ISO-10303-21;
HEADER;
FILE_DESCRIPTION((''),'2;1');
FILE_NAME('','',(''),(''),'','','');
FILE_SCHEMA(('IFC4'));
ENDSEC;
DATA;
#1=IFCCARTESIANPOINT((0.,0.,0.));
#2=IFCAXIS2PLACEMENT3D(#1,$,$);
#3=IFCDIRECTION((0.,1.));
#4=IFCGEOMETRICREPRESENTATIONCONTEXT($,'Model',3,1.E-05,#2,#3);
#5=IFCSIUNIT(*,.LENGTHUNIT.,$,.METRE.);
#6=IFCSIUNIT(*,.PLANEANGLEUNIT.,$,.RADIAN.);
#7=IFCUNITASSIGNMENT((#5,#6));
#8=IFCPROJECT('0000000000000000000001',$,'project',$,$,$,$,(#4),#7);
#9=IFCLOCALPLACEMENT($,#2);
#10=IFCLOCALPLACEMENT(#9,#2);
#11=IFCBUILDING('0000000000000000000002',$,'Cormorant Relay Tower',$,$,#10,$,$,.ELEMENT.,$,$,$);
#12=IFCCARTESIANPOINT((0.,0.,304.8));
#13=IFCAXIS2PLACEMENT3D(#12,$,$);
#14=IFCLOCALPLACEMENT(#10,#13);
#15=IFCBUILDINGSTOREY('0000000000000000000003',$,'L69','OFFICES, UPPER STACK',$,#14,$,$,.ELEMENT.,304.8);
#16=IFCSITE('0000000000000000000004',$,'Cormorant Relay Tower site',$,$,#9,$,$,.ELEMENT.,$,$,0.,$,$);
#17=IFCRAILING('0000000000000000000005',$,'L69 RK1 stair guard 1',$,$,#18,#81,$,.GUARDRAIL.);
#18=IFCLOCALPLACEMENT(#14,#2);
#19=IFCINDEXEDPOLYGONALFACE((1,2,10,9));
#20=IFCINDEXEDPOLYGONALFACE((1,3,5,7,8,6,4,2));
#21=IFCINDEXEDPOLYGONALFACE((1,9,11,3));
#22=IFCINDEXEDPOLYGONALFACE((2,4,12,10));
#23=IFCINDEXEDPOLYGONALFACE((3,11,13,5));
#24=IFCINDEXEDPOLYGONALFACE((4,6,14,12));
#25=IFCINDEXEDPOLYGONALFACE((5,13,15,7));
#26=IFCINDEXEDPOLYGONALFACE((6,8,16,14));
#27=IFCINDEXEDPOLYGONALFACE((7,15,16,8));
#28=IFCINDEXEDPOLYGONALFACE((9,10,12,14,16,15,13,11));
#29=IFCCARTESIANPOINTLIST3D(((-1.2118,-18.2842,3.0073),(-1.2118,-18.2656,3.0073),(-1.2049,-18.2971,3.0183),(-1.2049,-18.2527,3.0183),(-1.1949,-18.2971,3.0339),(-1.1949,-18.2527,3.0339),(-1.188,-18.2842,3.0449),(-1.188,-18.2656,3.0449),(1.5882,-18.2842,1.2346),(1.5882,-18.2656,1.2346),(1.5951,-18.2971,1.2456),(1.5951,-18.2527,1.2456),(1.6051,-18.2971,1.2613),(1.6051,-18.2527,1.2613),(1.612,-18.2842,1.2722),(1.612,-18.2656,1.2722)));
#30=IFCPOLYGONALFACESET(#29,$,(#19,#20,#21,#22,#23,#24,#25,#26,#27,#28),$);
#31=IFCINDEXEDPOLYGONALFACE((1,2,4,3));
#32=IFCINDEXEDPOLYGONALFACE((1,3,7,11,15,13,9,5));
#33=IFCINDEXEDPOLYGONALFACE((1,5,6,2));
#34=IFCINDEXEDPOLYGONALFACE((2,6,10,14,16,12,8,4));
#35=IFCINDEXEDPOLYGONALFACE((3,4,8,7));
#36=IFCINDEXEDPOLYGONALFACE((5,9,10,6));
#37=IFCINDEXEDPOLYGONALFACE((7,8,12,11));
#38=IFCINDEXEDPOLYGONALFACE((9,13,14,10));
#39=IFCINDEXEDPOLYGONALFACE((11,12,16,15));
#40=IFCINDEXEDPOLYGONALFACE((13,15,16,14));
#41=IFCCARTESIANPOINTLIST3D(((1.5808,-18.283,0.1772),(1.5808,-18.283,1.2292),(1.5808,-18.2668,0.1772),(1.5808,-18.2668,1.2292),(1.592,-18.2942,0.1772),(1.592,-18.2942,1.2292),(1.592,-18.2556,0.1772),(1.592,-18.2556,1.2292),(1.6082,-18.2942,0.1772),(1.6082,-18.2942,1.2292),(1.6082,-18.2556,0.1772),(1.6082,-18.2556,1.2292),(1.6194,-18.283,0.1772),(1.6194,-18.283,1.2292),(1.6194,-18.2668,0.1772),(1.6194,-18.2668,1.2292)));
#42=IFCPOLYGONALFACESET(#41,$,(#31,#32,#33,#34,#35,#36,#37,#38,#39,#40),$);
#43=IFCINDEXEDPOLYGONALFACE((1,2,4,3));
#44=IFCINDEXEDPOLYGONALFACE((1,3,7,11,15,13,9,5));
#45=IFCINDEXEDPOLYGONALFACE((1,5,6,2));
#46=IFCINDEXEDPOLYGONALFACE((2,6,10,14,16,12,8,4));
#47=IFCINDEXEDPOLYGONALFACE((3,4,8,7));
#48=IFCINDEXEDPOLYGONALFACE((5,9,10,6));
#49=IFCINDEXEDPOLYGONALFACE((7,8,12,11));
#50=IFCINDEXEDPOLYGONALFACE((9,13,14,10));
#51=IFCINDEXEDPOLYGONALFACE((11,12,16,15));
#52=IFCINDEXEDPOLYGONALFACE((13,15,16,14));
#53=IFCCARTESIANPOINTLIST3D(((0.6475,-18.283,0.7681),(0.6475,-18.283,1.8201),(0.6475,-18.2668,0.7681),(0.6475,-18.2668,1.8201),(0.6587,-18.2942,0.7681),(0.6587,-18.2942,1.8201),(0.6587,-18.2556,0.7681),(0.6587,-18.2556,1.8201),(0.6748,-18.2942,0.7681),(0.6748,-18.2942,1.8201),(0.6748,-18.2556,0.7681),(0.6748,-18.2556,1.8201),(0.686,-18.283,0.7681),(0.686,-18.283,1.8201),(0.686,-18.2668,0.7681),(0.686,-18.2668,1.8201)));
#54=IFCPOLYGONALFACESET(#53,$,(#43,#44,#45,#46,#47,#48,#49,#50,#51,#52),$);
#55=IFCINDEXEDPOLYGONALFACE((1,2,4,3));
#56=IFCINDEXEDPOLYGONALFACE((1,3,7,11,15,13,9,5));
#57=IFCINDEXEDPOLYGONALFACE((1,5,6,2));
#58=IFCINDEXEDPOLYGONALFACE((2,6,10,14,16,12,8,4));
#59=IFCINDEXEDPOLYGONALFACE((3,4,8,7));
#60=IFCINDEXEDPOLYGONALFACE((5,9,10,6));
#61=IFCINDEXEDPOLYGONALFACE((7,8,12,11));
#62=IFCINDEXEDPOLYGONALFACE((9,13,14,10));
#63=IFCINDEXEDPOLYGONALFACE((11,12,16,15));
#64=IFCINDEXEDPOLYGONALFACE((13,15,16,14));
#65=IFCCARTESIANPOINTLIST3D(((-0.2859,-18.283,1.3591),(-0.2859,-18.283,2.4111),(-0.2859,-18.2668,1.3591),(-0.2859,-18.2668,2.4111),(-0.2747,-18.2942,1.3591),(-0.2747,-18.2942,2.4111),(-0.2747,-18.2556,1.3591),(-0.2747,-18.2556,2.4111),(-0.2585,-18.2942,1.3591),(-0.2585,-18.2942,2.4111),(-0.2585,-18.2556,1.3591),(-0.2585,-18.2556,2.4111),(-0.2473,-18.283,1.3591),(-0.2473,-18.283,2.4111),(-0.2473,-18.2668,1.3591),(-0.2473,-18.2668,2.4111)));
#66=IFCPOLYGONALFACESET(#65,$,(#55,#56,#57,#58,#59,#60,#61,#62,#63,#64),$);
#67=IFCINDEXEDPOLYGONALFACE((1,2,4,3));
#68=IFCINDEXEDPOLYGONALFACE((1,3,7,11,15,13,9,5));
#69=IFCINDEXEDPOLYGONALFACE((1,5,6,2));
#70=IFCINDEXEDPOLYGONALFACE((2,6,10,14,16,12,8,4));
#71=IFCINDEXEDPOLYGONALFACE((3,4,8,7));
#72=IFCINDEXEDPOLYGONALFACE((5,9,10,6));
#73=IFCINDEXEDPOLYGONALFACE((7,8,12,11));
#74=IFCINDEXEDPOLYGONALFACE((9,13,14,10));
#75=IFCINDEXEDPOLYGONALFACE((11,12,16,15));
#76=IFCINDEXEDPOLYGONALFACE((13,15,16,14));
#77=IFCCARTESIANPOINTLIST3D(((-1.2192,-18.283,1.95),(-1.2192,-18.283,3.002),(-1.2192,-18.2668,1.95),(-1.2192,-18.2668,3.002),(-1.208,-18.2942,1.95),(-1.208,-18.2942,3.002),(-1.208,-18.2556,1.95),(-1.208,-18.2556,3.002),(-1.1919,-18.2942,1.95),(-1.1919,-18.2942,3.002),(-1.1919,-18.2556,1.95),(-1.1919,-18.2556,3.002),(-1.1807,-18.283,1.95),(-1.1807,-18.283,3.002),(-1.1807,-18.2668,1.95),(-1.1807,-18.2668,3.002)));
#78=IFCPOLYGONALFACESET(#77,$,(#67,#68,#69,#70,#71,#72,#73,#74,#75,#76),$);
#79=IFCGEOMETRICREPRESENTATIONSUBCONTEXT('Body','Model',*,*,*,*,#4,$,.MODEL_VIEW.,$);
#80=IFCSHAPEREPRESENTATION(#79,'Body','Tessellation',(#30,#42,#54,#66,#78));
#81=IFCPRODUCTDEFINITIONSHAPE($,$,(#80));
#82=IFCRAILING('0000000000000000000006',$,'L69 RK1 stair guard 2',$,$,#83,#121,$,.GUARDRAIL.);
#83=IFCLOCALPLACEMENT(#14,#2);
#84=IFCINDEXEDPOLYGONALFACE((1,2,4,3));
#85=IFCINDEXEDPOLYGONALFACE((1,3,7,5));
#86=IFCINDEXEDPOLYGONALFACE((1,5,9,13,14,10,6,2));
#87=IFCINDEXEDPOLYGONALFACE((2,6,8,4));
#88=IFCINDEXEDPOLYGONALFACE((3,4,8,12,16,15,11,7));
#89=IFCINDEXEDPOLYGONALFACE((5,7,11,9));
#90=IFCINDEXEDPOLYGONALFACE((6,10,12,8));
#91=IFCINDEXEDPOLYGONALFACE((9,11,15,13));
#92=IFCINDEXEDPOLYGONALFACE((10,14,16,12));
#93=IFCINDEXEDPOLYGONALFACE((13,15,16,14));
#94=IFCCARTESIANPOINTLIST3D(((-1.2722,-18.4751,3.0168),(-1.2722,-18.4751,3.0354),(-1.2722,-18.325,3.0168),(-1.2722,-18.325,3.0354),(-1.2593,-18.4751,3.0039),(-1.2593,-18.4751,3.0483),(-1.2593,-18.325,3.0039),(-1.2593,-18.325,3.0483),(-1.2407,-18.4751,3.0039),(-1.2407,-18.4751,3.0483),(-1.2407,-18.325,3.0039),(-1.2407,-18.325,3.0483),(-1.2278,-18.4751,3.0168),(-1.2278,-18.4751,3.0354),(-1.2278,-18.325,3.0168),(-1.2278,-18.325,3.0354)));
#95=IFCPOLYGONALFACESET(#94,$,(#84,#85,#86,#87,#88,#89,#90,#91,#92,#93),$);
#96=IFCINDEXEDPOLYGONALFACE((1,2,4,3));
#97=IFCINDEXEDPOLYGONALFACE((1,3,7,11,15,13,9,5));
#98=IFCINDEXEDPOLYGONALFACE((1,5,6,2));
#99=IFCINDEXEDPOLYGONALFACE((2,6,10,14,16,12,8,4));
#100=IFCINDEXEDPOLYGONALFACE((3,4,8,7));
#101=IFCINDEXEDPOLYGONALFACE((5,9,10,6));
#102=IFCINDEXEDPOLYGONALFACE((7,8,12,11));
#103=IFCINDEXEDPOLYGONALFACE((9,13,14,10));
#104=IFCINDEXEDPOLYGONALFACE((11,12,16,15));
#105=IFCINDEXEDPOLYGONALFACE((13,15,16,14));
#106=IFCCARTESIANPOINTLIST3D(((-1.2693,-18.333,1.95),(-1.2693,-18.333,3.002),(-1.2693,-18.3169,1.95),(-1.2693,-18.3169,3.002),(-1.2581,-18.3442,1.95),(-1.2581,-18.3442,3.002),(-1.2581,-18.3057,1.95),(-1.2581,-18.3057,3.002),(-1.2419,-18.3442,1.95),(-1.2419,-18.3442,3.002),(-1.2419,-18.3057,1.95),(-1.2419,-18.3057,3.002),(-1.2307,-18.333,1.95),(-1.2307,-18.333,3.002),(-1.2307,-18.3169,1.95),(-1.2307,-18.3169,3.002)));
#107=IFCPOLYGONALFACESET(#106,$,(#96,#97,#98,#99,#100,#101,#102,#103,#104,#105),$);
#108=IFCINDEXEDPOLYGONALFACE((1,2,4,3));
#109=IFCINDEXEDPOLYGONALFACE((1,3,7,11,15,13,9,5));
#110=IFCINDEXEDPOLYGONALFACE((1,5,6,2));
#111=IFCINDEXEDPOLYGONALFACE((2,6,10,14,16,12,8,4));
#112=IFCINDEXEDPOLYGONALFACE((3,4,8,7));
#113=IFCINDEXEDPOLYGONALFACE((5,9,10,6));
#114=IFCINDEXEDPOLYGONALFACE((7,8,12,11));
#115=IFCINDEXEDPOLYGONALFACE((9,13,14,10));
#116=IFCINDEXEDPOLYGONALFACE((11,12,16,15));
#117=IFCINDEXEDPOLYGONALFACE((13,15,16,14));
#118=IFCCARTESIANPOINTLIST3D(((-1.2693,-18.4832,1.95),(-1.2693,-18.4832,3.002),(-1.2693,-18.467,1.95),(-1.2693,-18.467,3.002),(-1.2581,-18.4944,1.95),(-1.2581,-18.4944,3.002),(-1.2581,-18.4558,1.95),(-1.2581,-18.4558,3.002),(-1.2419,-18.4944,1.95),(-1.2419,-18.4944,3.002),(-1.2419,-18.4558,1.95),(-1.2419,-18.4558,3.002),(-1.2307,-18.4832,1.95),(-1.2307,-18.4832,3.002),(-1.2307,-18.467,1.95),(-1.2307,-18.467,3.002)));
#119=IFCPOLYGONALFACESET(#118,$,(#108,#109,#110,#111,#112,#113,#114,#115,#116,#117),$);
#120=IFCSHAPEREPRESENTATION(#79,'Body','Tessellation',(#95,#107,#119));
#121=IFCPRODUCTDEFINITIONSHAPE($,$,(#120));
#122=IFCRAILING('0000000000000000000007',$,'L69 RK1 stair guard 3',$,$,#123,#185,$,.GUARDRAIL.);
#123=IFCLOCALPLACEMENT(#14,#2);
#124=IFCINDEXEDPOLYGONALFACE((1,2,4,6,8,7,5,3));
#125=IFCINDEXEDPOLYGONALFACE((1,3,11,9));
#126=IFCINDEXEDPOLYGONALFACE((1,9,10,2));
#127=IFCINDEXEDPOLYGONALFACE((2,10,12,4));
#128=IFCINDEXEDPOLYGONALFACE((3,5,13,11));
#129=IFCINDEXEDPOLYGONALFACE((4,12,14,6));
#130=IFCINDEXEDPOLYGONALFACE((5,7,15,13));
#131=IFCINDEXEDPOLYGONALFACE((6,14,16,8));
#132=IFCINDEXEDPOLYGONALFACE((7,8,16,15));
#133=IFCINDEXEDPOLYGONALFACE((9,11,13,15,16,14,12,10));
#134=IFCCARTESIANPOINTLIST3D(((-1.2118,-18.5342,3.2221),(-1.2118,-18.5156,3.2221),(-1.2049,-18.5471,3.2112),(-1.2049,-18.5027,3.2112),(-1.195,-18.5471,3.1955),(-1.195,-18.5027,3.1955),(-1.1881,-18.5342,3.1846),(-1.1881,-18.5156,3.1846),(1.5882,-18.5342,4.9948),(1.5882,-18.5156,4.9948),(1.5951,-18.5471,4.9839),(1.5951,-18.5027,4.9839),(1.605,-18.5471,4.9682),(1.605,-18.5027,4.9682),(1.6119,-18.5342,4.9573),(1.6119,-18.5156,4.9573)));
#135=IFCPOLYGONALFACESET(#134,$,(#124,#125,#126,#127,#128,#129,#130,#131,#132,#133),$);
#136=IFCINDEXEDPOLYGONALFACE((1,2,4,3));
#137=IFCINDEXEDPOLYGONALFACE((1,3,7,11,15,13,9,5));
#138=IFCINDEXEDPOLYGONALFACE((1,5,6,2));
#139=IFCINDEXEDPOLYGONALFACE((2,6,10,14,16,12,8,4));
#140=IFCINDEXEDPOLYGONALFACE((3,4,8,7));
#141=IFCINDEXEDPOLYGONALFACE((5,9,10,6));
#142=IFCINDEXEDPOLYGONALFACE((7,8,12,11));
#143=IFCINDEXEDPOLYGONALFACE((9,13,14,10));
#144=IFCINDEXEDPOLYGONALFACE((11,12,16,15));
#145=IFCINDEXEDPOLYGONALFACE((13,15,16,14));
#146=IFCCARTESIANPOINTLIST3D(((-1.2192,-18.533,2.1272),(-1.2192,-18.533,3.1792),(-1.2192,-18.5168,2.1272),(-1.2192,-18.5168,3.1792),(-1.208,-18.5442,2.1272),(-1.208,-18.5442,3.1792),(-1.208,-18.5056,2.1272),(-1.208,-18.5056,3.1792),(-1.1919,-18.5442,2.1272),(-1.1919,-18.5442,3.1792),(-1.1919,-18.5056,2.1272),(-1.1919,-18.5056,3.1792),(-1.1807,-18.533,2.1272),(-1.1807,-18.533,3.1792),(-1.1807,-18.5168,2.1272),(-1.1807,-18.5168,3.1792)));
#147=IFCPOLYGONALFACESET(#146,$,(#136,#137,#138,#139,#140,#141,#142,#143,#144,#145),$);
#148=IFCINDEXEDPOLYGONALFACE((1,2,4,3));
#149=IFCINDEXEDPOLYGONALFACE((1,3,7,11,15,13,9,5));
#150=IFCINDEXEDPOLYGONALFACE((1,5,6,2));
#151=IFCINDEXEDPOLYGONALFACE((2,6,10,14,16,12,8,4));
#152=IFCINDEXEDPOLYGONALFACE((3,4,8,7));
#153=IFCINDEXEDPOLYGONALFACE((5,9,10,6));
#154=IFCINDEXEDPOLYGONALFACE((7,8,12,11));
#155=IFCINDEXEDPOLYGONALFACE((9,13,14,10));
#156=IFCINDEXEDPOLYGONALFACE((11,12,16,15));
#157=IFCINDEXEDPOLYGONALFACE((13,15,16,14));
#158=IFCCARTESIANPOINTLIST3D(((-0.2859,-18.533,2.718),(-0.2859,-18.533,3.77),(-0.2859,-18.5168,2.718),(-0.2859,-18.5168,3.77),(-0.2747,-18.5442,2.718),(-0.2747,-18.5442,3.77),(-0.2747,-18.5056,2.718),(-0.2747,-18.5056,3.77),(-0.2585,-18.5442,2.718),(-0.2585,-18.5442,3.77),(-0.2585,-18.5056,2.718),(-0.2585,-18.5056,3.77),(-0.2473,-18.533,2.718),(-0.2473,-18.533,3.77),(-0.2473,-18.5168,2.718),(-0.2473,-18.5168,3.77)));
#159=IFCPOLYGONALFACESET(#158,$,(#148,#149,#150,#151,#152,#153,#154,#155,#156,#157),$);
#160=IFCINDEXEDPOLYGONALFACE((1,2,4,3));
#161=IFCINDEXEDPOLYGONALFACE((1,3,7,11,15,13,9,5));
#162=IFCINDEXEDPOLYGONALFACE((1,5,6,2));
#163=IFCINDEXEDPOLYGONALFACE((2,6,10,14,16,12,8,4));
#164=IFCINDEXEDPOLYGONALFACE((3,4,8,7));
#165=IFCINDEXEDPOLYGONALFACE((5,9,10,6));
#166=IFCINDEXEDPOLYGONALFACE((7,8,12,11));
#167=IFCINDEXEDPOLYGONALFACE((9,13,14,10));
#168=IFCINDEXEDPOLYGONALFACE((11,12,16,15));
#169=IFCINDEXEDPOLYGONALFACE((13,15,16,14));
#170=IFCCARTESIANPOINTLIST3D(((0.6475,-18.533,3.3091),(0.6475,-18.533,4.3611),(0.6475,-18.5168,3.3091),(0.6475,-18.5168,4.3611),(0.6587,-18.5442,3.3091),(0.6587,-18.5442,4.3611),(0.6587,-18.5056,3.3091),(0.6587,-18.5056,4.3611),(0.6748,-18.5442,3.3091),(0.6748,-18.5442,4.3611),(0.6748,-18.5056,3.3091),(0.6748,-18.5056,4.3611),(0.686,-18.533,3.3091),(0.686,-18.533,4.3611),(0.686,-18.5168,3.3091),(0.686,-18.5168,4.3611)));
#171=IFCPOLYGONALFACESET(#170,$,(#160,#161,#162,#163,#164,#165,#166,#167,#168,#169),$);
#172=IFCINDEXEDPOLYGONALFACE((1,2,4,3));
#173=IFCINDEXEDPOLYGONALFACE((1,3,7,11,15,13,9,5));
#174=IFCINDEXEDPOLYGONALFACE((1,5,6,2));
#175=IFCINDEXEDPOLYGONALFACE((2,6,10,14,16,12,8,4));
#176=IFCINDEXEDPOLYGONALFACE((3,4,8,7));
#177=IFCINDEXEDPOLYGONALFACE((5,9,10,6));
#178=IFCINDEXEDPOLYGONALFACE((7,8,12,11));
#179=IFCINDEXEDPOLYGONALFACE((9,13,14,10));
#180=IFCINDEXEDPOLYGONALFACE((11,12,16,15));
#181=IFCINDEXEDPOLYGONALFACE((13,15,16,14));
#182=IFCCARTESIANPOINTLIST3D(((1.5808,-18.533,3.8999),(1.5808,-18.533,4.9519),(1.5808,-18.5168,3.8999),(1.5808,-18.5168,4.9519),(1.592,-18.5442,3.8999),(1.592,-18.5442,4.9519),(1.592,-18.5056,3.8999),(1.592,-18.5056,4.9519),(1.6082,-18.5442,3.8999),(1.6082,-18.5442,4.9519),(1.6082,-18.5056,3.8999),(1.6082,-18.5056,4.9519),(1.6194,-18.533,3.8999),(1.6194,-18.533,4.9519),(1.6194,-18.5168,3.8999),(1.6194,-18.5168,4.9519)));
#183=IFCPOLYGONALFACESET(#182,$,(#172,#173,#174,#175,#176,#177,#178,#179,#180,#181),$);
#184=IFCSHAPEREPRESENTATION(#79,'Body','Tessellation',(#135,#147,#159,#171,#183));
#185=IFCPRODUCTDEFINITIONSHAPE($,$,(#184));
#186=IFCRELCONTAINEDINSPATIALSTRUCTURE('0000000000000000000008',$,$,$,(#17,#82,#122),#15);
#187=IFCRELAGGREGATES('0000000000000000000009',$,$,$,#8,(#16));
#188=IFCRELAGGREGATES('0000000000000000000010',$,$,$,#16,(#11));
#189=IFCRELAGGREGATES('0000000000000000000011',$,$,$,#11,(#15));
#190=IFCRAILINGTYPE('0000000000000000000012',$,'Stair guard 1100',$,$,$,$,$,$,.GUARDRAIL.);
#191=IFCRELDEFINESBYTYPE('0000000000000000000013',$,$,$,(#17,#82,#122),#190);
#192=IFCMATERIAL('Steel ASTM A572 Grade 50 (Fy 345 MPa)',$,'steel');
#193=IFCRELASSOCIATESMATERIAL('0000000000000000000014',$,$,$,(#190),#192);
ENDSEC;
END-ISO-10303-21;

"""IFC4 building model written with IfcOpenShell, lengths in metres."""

from ifc_helpers import new_model, si_unit, direction, frame, origin, place, context, subcontext, project, spatial, polyline, outline, extrude, material, type_object, element, save


model = new_model("IFC4")

# Units and contexts
model_context = context("Model", 3, precision=1e-05, world=origin(), true_north=direction((0.0, 1.0)))
body_context = subcontext(model_context, "Body", "Model", "MODEL_VIEW")
ifc_project = project(units=[si_unit("LENGTHUNIT", "METRE"), si_unit("PLANEANGLEUNIT", "RADIAN")], contexts=[model_context])

# Site, building, storey
site_placement = place(None, origin())
site = spatial("IfcSite", under=ifc_project, at=site_placement, Name="Cormorant Relay Tower site", CompositionType="ELEMENT", RefElevation=0.0)
building_placement = place(site_placement, origin())
building = spatial("IfcBuilding", under=site, at=building_placement, Name="Cormorant Relay Tower", CompositionType="ELEMENT")
storey_placement = place(building_placement, frame((0.0, 0.0, 304.8)))
storey = spatial("IfcBuildingStorey", under=building, at=storey_placement, Name="L69", Description="OFFICES, UPPER STACK", CompositionType="ELEMENT", Elevation=304.8)

# Railings
ifc_material_1 = material(Name="Steel ASTM A572 Grade 50 (Fy 345 MPa)", Category="steel")
railing_type_1 = type_object("IfcRailingType", Name="Stair guard 1100", PredefinedType="GUARDRAIL", material=ifc_material_1)
railing_1_placement = place(storey_placement, frame((1.6001, -18.2749, 0.1772)))
element("IfcRailing", 1, at=railing_1_placement, inside=storey, type_object=railing_type_1, Name="L69 RK1 stair guard 1", PredefinedType="GUARDRAIL", context=body_context, shape_type="SweptSolid", body=[
    extrude(outline(polyline([(0.0222, 0.0093), (0.0093, 0.0222), (-0.0093, 0.0222), (-0.0222, 0.0093), (-0.0222, -0.0093), (-0.0093, -0.0222), (0.0093, -0.0222), (0.0222, -0.0093), (0.0222, 0.0093)])), frame((0.0, 0.0, 1.0762), z_axis=(-0.844909, 0.0, 0.53491), x_axis=(0.0, -1.0, 0.0)), (0.0, 0.0, 1.0), 3.314),
    extrude(outline(polyline([(0.0193, 0.0081), (0.0081, 0.0193), (-0.0081, 0.0193), (-0.0193, 0.0081), (-0.0193, -0.0081), (-0.0081, -0.0193), (0.0081, -0.0193), (0.0193, -0.0081), (0.0193, 0.0081)])), origin(), (0.0, 0.0, 1.0), 1.052),
    extrude(outline(polyline([(0.0193, 0.0081), (0.0081, 0.0193), (-0.0081, 0.0193), (-0.0193, 0.0081), (-0.0193, -0.0081), (-0.0081, -0.0193), (0.0081, -0.0193), (0.0193, -0.0081), (0.0193, 0.0081)])), frame((-0.9333, 0.0, 0.5908)), (0.0, 0.0, 1.0), 1.052),
    extrude(outline(polyline([(0.0193, 0.0081), (0.0081, 0.0193), (-0.0081, 0.0193), (-0.0193, 0.0081), (-0.0193, -0.0081), (-0.0081, -0.0193), (0.0081, -0.0193), (0.0193, -0.0081), (0.0193, 0.0081)])), frame((-1.8667, 0.0, 1.1819)), (0.0, 0.0, 1.0), 1.052),
    extrude(outline(polyline([(0.0193, 0.0081), (0.0081, 0.0193), (-0.0081, 0.0193), (-0.0193, 0.0081), (-0.0193, -0.0081), (-0.0081, -0.0193), (0.0081, -0.0193), (0.0193, -0.0081), (0.0193, 0.0081)])), frame((-2.8, 0.0, 1.7727)), (0.0, 0.0, 1.0), 1.052),
])
railing_2_placement = place(storey_placement, frame((-1.25, -18.325, 1.95)))
element("IfcRailing", 2, at=railing_2_placement, inside=storey, type_object=railing_type_1, Name="L69 RK1 stair guard 2", PredefinedType="GUARDRAIL", context=body_context, shape_type="SweptSolid", body=[
    extrude(outline(polyline([(0.0222, 0.0093), (0.0093, 0.0222), (-0.0093, 0.0222), (-0.0222, 0.0093), (-0.0222, -0.0093), (-0.0093, -0.0222), (0.0093, -0.0222), (0.0222, -0.0093), (0.0222, 0.0093)])), frame((0.0, 0.0, 1.0762), z_axis=(0.0, -1.0, 0.0), x_axis=(1.0, 0.0, 0.0)), (0.0, 0.0, 1.0), 0.1501),
    extrude(outline(polyline([(0.0193, 0.0081), (0.0081, 0.0193), (-0.0081, 0.0193), (-0.0193, 0.0081), (-0.0193, -0.0081), (-0.0081, -0.0193), (0.0081, -0.0193), (0.0193, -0.0081), (0.0193, 0.0081)])), origin(), (0.0, 0.0, 1.0), 1.052),
    extrude(outline(polyline([(0.0193, 0.0081), (0.0081, 0.0193), (-0.0081, 0.0193), (-0.0193, 0.0081), (-0.0193, -0.0081), (-0.0081, -0.0193), (0.0081, -0.0193), (0.0193, -0.0081), (0.0193, 0.0081)])), frame((0.0, -0.1501, 0.0)), (0.0, 0.0, 1.0), 1.052),
])
railing_3_placement = place(storey_placement, frame((-1.2, -18.5249, 2.1272)))
element("IfcRailing", 3, at=railing_3_placement, inside=storey, type_object=railing_type_1, Name="L69 RK1 stair guard 3", PredefinedType="GUARDRAIL", context=body_context, shape_type="SweptSolid", body=[
    extrude(outline(polyline([(0.0222, 0.0093), (0.0093, 0.0222), (-0.0093, 0.0222), (-0.0222, 0.0093), (-0.0222, -0.0093), (-0.0093, -0.0222), (0.0093, -0.0222), (0.0222, -0.0093), (0.0222, 0.0093)])), frame((0.0, 0.0, 1.0762), z_axis=(0.844909, 0.0, 0.53491), x_axis=(0.0, 1.0, 0.0)), (0.0, 0.0, 1.0), 3.314),
    extrude(outline(polyline([(0.0193, 0.0081), (0.0081, 0.0193), (-0.0081, 0.0193), (-0.0193, 0.0081), (-0.0193, -0.0081), (-0.0081, -0.0193), (0.0081, -0.0193), (0.0193, -0.0081), (0.0193, 0.0081)])), origin(), (0.0, 0.0, 1.0), 1.052),
    extrude(outline(polyline([(0.0193, 0.0081), (0.0081, 0.0193), (-0.0081, 0.0193), (-0.0193, 0.0081), (-0.0193, -0.0081), (-0.0081, -0.0193), (0.0081, -0.0193), (0.0193, -0.0081), (0.0193, 0.0081)])), frame((0.9333, 0.0, 0.5908)), (0.0, 0.0, 1.0), 1.052),
    extrude(outline(polyline([(0.0193, 0.0081), (0.0081, 0.0193), (-0.0081, 0.0193), (-0.0193, 0.0081), (-0.0193, -0.0081), (-0.0081, -0.0193), (0.0081, -0.0193), (0.0193, -0.0081), (0.0193, 0.0081)])), frame((1.8667, 0.0, 1.1819)), (0.0, 0.0, 1.0), 1.052),
    extrude(outline(polyline([(0.0193, 0.0081), (0.0081, 0.0193), (-0.0081, 0.0193), (-0.0193, 0.0081), (-0.0193, -0.0081), (-0.0081, -0.0193), (0.0081, -0.0193), (0.0193, -0.0081), (0.0193, 0.0081)])), frame((2.8, 0.0, 1.7727)), (0.0, 0.0, 1.0), 1.052),
])

save(model, "model.ifc")
